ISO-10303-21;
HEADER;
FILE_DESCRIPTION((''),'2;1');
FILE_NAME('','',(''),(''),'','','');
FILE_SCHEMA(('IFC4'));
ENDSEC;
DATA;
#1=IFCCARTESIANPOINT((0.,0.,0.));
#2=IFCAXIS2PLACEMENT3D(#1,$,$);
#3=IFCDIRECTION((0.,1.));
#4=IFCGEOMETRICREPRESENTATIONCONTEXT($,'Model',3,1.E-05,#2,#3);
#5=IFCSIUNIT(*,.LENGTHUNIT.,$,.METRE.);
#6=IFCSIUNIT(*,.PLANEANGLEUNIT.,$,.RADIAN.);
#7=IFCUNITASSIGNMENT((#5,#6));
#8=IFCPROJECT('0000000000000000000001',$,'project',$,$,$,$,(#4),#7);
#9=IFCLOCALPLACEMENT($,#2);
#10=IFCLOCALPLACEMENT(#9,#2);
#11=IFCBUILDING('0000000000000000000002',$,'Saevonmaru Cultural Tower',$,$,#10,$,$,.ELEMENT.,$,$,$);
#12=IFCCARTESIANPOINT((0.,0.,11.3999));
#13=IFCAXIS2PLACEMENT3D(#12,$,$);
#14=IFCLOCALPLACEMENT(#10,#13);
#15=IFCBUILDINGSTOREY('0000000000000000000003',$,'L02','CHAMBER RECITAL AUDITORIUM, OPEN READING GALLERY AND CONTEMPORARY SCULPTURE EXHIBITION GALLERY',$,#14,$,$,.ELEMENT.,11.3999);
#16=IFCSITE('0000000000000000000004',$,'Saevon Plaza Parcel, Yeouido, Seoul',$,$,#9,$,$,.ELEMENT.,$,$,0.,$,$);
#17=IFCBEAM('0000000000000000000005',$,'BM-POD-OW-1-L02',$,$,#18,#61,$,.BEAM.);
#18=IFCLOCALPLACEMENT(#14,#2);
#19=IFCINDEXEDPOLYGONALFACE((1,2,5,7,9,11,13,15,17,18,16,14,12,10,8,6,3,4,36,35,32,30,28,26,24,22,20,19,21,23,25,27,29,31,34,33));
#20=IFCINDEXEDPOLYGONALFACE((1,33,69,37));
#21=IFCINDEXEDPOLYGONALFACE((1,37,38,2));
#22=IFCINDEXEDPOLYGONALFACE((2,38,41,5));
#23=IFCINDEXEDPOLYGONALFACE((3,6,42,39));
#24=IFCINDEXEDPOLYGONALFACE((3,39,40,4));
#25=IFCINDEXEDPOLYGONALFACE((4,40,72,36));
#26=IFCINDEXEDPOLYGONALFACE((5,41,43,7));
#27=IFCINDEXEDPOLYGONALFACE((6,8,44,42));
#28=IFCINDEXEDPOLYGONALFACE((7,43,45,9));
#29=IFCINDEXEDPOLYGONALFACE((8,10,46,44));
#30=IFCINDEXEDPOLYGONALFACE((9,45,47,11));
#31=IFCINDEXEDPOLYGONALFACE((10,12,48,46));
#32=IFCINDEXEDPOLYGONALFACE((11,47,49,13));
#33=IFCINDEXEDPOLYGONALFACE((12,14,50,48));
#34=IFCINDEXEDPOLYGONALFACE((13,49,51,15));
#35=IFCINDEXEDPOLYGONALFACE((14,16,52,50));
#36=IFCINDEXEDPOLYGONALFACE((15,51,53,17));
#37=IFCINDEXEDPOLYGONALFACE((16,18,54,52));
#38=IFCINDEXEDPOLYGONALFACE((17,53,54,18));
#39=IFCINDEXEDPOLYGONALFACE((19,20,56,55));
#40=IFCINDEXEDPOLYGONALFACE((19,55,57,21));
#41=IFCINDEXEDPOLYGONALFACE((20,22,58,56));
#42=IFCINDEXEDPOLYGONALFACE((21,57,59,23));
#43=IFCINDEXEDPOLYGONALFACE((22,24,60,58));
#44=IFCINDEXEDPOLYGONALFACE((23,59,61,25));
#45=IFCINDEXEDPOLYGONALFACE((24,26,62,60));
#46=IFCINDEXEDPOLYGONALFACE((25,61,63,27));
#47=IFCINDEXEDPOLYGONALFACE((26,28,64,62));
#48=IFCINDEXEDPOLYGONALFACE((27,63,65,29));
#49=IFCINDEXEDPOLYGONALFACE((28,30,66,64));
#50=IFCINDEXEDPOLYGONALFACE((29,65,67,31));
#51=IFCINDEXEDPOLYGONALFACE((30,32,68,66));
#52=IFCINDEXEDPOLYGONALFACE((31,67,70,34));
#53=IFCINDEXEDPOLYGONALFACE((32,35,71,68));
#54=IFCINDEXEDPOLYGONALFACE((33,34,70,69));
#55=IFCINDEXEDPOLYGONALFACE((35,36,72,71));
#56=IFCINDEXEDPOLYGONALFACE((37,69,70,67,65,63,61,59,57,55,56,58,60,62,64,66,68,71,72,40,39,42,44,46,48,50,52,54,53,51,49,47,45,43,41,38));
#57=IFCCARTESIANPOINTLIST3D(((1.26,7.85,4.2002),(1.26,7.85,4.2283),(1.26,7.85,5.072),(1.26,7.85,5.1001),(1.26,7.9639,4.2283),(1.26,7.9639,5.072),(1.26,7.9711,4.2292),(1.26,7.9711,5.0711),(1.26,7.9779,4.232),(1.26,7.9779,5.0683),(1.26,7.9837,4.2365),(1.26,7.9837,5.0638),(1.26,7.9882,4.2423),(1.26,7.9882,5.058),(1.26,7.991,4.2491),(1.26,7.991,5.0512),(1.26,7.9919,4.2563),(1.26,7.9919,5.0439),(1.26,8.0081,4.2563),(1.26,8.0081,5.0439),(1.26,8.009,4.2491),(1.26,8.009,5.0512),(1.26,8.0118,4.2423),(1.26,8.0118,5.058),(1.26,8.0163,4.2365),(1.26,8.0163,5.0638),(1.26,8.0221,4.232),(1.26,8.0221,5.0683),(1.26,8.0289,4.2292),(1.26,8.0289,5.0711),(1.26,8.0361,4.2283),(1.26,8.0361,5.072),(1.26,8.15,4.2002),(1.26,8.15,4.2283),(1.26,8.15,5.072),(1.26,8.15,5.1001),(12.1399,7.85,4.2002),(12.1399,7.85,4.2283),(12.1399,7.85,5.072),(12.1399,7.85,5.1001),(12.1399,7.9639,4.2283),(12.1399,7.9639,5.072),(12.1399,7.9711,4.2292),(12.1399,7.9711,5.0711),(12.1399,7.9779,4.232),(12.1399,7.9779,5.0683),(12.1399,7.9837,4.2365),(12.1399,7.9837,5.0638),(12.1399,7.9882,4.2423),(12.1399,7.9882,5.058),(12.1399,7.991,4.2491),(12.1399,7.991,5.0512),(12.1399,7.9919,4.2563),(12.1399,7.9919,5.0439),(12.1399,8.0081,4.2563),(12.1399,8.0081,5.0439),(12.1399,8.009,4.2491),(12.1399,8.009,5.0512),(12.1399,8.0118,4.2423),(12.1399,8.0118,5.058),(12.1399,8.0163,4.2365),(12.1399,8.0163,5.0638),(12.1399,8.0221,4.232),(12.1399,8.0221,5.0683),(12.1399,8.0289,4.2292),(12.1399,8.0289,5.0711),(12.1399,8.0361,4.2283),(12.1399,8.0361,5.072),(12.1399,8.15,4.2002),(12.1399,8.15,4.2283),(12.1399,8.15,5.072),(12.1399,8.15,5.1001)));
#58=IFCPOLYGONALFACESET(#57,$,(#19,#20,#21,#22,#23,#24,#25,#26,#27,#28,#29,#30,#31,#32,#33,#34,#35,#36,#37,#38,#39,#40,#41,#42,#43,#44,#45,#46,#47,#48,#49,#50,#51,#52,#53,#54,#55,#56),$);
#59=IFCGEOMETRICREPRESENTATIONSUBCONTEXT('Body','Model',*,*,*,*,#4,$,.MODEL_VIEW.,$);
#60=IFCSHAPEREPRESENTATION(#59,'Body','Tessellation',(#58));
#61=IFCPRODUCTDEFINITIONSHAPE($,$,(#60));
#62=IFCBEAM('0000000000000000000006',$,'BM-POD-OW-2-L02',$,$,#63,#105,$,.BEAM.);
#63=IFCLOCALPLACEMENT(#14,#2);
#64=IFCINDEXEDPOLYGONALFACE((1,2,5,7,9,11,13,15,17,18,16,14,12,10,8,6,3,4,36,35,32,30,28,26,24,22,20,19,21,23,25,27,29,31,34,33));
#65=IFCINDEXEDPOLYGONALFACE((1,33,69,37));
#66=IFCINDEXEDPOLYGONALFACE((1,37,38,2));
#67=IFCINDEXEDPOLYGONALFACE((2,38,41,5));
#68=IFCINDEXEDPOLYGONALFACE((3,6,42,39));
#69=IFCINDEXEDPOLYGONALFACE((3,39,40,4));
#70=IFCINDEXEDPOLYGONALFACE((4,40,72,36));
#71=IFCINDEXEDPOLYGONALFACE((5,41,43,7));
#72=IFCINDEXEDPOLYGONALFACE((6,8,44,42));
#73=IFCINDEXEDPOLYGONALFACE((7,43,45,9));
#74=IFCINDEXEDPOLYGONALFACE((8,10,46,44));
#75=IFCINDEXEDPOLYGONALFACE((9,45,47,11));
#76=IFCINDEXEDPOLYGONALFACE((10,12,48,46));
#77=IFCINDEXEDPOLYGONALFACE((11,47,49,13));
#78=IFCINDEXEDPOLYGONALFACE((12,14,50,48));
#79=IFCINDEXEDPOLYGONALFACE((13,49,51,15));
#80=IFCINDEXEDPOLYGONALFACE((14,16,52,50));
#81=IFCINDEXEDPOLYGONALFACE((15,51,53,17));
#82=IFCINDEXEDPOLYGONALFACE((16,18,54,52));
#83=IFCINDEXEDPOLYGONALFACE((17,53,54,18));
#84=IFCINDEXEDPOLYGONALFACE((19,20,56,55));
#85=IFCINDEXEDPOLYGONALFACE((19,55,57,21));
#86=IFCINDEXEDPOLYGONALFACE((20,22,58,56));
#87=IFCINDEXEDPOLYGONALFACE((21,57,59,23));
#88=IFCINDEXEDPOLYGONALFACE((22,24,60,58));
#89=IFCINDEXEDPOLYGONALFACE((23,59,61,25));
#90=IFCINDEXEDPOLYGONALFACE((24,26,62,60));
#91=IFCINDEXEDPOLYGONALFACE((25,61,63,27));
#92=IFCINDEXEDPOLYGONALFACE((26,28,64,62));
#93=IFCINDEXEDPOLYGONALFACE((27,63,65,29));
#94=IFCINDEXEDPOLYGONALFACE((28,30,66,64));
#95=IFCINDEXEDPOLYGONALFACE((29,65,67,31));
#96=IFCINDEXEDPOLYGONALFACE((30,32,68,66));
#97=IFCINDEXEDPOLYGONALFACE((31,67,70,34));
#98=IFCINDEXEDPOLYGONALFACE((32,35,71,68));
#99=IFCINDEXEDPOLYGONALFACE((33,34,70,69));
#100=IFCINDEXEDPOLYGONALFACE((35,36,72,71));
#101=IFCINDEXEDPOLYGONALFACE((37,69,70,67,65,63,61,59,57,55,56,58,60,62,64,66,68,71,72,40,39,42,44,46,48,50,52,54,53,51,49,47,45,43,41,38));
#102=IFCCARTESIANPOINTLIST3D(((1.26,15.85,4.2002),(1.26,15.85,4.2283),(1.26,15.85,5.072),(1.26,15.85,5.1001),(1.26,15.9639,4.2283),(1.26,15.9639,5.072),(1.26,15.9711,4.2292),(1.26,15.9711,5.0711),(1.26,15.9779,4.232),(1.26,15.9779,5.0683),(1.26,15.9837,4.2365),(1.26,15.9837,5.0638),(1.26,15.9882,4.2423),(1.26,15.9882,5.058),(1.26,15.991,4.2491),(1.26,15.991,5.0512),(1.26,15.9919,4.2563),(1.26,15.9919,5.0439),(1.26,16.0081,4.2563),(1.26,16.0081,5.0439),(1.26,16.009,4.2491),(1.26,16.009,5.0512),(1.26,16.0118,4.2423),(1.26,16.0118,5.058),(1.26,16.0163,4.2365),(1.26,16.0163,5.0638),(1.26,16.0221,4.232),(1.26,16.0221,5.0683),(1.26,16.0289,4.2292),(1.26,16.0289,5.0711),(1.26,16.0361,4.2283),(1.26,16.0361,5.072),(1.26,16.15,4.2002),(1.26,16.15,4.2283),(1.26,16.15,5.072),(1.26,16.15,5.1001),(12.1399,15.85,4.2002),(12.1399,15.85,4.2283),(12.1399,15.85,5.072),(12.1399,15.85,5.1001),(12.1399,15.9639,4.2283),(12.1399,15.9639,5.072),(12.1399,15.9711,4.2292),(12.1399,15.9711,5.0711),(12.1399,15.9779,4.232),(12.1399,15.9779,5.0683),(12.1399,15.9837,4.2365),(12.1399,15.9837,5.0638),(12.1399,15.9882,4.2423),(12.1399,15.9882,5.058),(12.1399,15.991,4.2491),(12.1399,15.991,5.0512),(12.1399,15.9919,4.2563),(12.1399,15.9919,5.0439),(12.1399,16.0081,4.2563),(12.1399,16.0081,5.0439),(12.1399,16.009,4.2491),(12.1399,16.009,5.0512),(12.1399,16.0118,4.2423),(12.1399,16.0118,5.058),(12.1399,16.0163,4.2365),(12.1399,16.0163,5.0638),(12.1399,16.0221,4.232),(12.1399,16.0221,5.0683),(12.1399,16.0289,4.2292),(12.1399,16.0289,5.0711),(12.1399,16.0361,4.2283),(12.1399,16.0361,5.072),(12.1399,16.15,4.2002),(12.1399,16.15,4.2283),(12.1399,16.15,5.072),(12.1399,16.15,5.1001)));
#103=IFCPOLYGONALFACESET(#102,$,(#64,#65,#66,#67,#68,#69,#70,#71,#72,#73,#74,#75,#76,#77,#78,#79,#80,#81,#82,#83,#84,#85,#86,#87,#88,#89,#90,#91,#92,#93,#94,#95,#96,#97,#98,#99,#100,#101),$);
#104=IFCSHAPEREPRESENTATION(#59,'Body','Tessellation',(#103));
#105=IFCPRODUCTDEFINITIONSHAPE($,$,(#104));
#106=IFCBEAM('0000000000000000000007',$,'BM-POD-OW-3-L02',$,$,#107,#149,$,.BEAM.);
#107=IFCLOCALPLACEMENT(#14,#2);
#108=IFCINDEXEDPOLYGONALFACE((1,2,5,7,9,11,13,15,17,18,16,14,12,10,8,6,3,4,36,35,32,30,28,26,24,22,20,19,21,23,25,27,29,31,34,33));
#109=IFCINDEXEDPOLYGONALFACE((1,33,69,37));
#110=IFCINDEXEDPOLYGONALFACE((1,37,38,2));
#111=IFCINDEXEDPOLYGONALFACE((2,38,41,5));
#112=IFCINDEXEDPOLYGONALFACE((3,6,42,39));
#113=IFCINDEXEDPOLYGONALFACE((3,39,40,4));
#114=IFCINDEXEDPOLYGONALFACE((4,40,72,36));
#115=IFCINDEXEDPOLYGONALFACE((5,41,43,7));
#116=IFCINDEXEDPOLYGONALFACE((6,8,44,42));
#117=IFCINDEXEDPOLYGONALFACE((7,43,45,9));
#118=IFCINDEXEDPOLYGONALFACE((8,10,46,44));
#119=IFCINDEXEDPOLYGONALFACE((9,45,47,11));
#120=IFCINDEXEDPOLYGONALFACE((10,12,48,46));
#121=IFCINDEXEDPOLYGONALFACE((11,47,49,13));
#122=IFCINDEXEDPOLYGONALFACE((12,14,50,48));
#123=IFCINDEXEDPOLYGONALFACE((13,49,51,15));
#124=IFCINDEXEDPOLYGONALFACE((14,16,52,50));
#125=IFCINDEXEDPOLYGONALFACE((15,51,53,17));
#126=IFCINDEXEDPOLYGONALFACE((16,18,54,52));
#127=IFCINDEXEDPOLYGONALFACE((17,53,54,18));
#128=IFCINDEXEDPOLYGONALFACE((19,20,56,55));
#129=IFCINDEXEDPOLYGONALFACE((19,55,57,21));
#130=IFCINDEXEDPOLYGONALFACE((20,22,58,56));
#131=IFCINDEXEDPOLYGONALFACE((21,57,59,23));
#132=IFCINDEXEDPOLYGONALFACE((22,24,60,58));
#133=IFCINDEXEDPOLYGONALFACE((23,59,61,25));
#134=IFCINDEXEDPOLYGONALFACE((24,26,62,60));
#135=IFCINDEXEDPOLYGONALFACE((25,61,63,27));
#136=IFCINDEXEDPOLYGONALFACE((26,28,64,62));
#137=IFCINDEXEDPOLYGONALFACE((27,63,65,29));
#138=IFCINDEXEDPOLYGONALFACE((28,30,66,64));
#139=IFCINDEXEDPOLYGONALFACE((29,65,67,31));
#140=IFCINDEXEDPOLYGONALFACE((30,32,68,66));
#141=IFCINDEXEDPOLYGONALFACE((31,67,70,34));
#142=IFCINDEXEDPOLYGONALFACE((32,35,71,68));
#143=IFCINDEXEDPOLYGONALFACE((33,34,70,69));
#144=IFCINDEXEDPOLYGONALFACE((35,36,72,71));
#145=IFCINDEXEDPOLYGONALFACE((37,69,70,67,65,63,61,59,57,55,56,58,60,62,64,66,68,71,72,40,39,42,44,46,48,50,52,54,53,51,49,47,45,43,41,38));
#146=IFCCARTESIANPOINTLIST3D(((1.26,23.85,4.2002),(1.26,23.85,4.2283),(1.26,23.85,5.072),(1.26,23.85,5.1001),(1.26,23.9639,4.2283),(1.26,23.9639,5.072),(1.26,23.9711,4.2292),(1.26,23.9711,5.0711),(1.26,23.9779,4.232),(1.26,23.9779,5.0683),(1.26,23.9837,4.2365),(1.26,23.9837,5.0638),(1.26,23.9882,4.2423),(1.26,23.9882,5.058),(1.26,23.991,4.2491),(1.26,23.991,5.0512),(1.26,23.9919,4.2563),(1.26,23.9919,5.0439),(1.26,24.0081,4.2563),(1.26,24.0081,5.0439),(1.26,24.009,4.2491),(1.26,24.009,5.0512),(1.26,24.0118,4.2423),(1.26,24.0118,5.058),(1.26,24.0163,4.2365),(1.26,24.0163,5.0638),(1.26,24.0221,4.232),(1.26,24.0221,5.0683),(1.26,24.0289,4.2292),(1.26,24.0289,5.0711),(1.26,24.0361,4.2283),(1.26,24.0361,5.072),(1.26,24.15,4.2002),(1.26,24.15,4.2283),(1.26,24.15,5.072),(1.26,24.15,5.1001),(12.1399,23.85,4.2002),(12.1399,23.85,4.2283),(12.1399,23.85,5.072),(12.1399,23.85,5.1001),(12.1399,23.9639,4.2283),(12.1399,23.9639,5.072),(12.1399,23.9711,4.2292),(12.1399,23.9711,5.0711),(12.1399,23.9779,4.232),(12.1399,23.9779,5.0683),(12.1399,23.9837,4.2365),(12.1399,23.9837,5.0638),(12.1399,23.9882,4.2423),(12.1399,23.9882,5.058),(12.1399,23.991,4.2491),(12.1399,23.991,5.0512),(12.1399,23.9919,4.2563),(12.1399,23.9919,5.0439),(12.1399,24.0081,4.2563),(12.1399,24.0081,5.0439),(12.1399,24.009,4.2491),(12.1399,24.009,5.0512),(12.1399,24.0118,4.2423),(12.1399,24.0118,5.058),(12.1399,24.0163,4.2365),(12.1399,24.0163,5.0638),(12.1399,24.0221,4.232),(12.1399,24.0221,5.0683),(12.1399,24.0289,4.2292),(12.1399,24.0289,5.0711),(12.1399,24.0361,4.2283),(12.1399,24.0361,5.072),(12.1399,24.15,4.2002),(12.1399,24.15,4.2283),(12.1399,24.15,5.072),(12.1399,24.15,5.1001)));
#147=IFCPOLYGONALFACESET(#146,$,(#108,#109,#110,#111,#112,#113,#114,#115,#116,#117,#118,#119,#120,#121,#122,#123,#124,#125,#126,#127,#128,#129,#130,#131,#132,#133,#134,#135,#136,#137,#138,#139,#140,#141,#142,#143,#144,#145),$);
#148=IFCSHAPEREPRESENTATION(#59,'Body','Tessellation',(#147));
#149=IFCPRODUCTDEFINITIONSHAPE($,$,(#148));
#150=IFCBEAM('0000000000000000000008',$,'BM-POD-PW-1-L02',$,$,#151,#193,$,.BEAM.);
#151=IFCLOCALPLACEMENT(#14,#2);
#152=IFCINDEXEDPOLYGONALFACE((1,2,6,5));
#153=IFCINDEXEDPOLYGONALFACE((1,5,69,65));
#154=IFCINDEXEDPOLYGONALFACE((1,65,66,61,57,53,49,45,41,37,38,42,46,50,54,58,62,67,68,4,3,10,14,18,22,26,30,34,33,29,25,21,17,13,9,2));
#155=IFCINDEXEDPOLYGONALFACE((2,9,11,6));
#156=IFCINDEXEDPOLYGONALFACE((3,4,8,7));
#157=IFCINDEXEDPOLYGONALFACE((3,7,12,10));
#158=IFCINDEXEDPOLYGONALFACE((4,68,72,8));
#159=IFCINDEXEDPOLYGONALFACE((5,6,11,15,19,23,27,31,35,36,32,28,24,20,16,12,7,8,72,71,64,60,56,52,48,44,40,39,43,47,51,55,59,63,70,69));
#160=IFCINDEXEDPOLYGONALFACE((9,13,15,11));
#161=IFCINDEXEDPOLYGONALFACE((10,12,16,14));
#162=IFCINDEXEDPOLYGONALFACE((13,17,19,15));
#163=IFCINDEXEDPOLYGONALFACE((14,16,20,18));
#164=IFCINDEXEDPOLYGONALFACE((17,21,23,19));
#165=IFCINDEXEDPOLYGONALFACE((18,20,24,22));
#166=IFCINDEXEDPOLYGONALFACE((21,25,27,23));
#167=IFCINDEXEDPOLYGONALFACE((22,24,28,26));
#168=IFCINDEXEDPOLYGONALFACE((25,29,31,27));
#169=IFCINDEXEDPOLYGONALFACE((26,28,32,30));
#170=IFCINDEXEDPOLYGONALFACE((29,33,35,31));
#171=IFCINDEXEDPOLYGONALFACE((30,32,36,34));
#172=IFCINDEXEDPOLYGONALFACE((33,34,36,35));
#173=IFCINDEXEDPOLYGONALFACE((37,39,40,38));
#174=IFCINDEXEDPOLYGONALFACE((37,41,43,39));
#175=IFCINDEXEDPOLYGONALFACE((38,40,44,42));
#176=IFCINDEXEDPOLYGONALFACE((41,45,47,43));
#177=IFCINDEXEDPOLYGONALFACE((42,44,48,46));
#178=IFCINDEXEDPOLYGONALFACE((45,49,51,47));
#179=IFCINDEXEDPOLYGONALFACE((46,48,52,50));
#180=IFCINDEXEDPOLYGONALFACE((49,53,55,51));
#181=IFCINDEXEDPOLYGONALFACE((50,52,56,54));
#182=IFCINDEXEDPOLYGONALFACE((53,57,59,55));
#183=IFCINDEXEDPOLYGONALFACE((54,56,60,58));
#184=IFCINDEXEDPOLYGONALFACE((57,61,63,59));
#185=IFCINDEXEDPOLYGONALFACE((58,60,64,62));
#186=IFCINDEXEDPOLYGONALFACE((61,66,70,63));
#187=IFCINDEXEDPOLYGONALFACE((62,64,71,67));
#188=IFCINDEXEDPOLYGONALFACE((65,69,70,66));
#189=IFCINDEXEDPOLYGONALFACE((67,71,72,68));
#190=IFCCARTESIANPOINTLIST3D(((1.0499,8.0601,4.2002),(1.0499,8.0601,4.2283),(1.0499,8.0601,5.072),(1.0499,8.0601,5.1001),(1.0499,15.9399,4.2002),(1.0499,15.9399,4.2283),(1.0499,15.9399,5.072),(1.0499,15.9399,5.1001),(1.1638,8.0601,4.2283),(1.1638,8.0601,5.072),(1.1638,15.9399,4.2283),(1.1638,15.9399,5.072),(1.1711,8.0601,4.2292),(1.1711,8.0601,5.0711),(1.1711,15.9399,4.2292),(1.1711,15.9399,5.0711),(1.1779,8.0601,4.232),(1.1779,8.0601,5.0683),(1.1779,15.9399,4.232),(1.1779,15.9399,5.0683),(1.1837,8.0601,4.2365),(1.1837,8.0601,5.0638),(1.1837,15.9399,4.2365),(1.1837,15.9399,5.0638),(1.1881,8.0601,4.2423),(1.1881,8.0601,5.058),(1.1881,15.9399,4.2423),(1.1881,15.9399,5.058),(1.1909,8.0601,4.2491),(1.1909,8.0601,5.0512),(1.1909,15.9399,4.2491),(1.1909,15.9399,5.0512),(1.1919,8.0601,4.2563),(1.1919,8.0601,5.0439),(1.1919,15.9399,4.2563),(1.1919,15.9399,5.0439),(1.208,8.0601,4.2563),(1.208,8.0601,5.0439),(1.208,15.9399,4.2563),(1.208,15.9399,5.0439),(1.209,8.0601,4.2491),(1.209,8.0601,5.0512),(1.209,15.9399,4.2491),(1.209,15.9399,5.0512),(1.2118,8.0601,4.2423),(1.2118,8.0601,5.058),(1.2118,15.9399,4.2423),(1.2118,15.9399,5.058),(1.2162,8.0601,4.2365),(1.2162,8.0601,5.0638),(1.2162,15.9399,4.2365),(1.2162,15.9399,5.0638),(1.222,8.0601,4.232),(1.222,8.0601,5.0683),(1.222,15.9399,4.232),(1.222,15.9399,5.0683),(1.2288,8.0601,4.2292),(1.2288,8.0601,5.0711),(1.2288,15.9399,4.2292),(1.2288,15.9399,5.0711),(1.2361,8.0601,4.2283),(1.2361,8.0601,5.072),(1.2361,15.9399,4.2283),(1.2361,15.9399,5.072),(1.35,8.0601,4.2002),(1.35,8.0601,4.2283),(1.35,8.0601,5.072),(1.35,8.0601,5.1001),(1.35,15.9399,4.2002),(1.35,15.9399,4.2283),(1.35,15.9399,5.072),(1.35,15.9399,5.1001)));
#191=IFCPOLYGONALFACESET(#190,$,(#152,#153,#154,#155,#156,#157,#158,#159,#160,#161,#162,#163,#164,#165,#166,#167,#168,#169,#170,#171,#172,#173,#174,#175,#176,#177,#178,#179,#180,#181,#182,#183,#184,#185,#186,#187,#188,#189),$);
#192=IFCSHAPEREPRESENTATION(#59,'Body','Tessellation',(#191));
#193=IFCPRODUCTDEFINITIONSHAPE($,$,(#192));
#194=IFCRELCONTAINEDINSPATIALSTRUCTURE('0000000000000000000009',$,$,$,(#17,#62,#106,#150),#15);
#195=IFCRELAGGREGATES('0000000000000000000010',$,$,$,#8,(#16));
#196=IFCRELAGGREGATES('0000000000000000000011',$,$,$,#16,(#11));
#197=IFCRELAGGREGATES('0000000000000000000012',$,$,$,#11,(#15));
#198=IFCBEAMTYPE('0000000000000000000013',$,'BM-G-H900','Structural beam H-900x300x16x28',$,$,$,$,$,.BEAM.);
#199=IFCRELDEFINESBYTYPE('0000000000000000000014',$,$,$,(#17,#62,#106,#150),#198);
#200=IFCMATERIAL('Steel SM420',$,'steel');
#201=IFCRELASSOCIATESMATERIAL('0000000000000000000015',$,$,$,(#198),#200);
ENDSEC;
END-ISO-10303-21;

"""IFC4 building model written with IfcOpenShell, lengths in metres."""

from ifc_helpers import new_model, si_unit, direction, frame, origin, origin_2d, place, context, subcontext, project, spatial, i_section, extrude, material, material_profile, profile_set, type_object, element, save


model = new_model("IFC4")

# Units and contexts
model_context = context("Model", 3, precision=1e-05, world=origin(), true_north=direction((0.0, 1.0)))
body_context = subcontext(model_context, "Body", "Model", "MODEL_VIEW")
ifc_project = project(units=[si_unit("LENGTHUNIT", "METRE"), si_unit("PLANEANGLEUNIT", "RADIAN")], contexts=[model_context])

# Site, building, storey
site_placement = place(None, origin())
site = spatial("IfcSite", under=ifc_project, at=site_placement, Name="Saevon Plaza Parcel, Yeouido, Seoul", CompositionType="ELEMENT", RefElevation=0.0)
building_placement = place(site_placement, origin())
building = spatial("IfcBuilding", under=site, at=building_placement, Name="Saevonmaru Cultural Tower", CompositionType="ELEMENT")
storey_placement = place(building_placement, frame((0.0, 0.0, 11.3999)))
storey = spatial("IfcBuildingStorey", under=building, at=storey_placement, Name="L02", Description="CHAMBER RECITAL AUDITORIUM, OPEN READING GALLERY AND CONTEMPORARY SCULPTURE EXHIBITION GALLERY", CompositionType="ELEMENT", Elevation=11.3999)

# Shared definitions
ifc_material_1 = material(Name="Steel SM420", Category="steel")

# Beams
ifc_material_profile_1 = material_profile(ifc_material_1, i_section(OverallWidth=0.3, OverallDepth=0.8999, WebThickness=0.0161, FlangeThickness=0.0281, FilletRadius=0.0281, at=origin_2d()), Name="H-900x300x16x28")
ifc_profile_set_1 = profile_set([ifc_material_profile_1], Name="Steel SM420")
beam_type_1 = type_object("IfcBeamType", Name="BM-G-H900", Description="Structural beam H-900x300x16x28", PredefinedType="BEAM", material=ifc_profile_set_1)
for number, where, z_axis, x_axis, name in (
    (1, (1.26, 8.0, 4.6501), (1.0, 0.0, 0.0), (0.0, 1.0, 0.0), "BM-POD-OW-1-L02"),
    (2, (1.26, 16.0, 4.6501), (1.0, 0.0, 0.0), (0.0, 1.0, 0.0), "BM-POD-OW-2-L02"),
    (3, (1.26, 24.0, 4.6501), (1.0, 0.0, 0.0), (0.0, 1.0, 0.0), "BM-POD-OW-3-L02"),
):
    element("IfcBeam", number, at=place(storey_placement, frame(where, z_axis=z_axis, x_axis=x_axis)), inside=storey, type_object=beam_type_1, Name=name, PredefinedType="BEAM", context=body_context, shape_type="SweptSolid", body=[
        extrude(i_section(OverallWidth=0.3, OverallDepth=0.8999, WebThickness=0.0161, FlangeThickness=0.0281, FilletRadius=0.0281, at=origin_2d()), origin(), (0.0, 0.0, 1.0), 10.8799),
    ])
for number, where, z_axis, x_axis, name in (
    (4, (1.2, 8.0601, 4.6501), (0.0, 1.0, 0.0), (-1.0, 0.0, 0.0), "BM-POD-PW-1-L02"),
):
    element("IfcBeam", number, at=place(storey_placement, frame(where, z_axis=z_axis, x_axis=x_axis)), inside=storey, type_object=beam_type_1, Name=name, PredefinedType="BEAM", context=body_context, shape_type="SweptSolid", body=[
        extrude(i_section(OverallWidth=0.3, OverallDepth=0.8999, WebThickness=0.0161, FlangeThickness=0.0281, FilletRadius=0.0281, at=origin_2d()), origin(), (0.0, 0.0, 1.0), 7.8799),
    ])

save(model, "model.ifc")
